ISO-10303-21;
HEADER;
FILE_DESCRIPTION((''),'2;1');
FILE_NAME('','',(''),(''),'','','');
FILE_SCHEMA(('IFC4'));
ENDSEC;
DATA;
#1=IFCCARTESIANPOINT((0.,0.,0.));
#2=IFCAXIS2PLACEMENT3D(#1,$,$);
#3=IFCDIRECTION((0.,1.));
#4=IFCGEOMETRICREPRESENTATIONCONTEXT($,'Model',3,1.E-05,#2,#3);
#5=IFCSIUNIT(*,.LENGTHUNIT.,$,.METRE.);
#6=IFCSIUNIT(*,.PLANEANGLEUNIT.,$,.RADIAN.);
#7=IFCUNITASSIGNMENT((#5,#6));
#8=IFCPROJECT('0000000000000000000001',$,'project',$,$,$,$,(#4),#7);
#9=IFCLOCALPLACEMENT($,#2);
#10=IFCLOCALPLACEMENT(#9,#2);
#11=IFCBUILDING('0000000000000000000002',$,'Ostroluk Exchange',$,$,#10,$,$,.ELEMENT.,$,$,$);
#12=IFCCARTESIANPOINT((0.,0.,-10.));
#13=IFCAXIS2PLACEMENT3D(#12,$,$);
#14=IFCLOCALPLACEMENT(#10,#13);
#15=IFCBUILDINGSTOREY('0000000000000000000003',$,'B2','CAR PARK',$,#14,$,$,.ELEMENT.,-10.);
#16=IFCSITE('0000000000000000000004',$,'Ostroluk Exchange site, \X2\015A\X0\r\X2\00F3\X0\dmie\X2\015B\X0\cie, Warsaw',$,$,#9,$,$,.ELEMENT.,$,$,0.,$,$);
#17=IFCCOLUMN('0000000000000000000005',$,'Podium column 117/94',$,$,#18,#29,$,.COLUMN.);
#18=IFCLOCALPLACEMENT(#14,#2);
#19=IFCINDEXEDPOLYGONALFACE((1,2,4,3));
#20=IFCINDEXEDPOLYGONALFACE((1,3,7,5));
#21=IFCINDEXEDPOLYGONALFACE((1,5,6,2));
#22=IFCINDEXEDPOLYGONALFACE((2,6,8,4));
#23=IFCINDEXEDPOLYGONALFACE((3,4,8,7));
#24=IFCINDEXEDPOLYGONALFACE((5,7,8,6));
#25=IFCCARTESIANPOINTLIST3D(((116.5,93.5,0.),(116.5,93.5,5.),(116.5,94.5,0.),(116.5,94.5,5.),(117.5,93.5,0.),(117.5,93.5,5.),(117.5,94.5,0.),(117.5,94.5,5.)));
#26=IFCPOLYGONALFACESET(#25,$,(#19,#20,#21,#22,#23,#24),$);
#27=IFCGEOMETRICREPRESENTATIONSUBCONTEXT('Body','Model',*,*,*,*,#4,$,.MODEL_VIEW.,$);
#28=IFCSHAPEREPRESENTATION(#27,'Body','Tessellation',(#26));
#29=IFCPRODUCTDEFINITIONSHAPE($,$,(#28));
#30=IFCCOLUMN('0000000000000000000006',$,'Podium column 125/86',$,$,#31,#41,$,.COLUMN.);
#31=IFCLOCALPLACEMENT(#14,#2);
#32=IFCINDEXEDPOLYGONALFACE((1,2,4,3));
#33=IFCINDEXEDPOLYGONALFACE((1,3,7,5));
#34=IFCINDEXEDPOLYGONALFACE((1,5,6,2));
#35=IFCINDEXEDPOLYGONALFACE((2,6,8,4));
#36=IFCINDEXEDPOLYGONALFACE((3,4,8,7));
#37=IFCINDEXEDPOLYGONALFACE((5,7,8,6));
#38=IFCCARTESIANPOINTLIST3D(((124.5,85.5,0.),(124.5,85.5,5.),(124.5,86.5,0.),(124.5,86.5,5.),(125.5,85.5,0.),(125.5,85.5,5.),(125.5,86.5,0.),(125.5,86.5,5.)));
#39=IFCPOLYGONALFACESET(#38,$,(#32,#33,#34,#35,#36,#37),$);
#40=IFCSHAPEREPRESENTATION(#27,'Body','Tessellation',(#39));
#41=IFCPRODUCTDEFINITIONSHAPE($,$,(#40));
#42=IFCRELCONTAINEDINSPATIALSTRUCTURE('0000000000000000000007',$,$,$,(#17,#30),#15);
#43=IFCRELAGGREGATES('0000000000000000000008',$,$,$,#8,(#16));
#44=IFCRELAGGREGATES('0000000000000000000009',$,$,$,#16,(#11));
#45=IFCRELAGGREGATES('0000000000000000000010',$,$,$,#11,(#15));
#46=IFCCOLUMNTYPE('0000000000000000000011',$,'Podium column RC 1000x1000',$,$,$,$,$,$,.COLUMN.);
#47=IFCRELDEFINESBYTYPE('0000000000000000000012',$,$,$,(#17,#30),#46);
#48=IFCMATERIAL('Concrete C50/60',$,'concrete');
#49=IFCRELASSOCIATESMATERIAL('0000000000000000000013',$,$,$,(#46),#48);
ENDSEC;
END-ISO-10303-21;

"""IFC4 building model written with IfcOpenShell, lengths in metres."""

from ifc_helpers import new_model, si_unit, direction, frame, origin, origin_2d, place, context, subcontext, project, spatial, rectangle, extrude, material, material_profile, profile_set, type_object, element, save


model = new_model("IFC4")

# Units and contexts
model_context = context("Model", 3, precision=1e-05, world=origin(), true_north=direction((0.0, 1.0)))
body_context = subcontext(model_context, "Body", "Model", "MODEL_VIEW")
ifc_project = project(units=[si_unit("LENGTHUNIT", "METRE"), si_unit("PLANEANGLEUNIT", "RADIAN")], contexts=[model_context])

# Site, building, storey
site_placement = place(None, origin())
site = spatial("IfcSite", under=ifc_project, at=site_placement, Name="Ostroluk Exchange site, Śródmieście, Warsaw", CompositionType="ELEMENT", RefElevation=0.0)
building_placement = place(site_placement, origin())
building = spatial("IfcBuilding", under=site, at=building_placement, Name="Ostroluk Exchange", CompositionType="ELEMENT")
storey_placement = place(building_placement, frame((0.0, 0.0, -10.0)))
storey = spatial("IfcBuildingStorey", under=building, at=storey_placement, Name="B2", Description="CAR PARK", CompositionType="ELEMENT", Elevation=-10.0)

# Columns
ifc_material_1 = material(Name="Concrete C50/60", Category="concrete")
ifc_material_profile = material_profile(ifc_material_1, rectangle(XDim=1.0, YDim=1.0, at=origin_2d()), Name="RC 1000x1000")
ifc_profile_set = profile_set([ifc_material_profile], Name="Concrete C50/60")
column_type = type_object("IfcColumnType", Name="Podium column RC 1000x1000", PredefinedType="COLUMN", material=ifc_profile_set)
for number, where, z_axis, x_axis, name in (
    (1, (117.0, 94.0, 0.0), (0.0, 0.0, 1.0), (1.0, 0.0, 0.0), "Podium column 117/94"),
    (2, (125.0, 86.0, 0.0), (0.0, 0.0, 1.0), (1.0, 0.0, 0.0), "Podium column 125/86"),
):
    element("IfcColumn", number, at=place(storey_placement, frame(where, z_axis=z_axis, x_axis=x_axis)), inside=storey, type_object=column_type, Name=name, PredefinedType="COLUMN", context=body_context, shape_type="SweptSolid", body=[
        extrude(rectangle(XDim=1.0, YDim=1.0, at=origin_2d()), origin(), (0.0, 0.0, 1.0), 5.0),
    ])

save(model, "model.ifc")
